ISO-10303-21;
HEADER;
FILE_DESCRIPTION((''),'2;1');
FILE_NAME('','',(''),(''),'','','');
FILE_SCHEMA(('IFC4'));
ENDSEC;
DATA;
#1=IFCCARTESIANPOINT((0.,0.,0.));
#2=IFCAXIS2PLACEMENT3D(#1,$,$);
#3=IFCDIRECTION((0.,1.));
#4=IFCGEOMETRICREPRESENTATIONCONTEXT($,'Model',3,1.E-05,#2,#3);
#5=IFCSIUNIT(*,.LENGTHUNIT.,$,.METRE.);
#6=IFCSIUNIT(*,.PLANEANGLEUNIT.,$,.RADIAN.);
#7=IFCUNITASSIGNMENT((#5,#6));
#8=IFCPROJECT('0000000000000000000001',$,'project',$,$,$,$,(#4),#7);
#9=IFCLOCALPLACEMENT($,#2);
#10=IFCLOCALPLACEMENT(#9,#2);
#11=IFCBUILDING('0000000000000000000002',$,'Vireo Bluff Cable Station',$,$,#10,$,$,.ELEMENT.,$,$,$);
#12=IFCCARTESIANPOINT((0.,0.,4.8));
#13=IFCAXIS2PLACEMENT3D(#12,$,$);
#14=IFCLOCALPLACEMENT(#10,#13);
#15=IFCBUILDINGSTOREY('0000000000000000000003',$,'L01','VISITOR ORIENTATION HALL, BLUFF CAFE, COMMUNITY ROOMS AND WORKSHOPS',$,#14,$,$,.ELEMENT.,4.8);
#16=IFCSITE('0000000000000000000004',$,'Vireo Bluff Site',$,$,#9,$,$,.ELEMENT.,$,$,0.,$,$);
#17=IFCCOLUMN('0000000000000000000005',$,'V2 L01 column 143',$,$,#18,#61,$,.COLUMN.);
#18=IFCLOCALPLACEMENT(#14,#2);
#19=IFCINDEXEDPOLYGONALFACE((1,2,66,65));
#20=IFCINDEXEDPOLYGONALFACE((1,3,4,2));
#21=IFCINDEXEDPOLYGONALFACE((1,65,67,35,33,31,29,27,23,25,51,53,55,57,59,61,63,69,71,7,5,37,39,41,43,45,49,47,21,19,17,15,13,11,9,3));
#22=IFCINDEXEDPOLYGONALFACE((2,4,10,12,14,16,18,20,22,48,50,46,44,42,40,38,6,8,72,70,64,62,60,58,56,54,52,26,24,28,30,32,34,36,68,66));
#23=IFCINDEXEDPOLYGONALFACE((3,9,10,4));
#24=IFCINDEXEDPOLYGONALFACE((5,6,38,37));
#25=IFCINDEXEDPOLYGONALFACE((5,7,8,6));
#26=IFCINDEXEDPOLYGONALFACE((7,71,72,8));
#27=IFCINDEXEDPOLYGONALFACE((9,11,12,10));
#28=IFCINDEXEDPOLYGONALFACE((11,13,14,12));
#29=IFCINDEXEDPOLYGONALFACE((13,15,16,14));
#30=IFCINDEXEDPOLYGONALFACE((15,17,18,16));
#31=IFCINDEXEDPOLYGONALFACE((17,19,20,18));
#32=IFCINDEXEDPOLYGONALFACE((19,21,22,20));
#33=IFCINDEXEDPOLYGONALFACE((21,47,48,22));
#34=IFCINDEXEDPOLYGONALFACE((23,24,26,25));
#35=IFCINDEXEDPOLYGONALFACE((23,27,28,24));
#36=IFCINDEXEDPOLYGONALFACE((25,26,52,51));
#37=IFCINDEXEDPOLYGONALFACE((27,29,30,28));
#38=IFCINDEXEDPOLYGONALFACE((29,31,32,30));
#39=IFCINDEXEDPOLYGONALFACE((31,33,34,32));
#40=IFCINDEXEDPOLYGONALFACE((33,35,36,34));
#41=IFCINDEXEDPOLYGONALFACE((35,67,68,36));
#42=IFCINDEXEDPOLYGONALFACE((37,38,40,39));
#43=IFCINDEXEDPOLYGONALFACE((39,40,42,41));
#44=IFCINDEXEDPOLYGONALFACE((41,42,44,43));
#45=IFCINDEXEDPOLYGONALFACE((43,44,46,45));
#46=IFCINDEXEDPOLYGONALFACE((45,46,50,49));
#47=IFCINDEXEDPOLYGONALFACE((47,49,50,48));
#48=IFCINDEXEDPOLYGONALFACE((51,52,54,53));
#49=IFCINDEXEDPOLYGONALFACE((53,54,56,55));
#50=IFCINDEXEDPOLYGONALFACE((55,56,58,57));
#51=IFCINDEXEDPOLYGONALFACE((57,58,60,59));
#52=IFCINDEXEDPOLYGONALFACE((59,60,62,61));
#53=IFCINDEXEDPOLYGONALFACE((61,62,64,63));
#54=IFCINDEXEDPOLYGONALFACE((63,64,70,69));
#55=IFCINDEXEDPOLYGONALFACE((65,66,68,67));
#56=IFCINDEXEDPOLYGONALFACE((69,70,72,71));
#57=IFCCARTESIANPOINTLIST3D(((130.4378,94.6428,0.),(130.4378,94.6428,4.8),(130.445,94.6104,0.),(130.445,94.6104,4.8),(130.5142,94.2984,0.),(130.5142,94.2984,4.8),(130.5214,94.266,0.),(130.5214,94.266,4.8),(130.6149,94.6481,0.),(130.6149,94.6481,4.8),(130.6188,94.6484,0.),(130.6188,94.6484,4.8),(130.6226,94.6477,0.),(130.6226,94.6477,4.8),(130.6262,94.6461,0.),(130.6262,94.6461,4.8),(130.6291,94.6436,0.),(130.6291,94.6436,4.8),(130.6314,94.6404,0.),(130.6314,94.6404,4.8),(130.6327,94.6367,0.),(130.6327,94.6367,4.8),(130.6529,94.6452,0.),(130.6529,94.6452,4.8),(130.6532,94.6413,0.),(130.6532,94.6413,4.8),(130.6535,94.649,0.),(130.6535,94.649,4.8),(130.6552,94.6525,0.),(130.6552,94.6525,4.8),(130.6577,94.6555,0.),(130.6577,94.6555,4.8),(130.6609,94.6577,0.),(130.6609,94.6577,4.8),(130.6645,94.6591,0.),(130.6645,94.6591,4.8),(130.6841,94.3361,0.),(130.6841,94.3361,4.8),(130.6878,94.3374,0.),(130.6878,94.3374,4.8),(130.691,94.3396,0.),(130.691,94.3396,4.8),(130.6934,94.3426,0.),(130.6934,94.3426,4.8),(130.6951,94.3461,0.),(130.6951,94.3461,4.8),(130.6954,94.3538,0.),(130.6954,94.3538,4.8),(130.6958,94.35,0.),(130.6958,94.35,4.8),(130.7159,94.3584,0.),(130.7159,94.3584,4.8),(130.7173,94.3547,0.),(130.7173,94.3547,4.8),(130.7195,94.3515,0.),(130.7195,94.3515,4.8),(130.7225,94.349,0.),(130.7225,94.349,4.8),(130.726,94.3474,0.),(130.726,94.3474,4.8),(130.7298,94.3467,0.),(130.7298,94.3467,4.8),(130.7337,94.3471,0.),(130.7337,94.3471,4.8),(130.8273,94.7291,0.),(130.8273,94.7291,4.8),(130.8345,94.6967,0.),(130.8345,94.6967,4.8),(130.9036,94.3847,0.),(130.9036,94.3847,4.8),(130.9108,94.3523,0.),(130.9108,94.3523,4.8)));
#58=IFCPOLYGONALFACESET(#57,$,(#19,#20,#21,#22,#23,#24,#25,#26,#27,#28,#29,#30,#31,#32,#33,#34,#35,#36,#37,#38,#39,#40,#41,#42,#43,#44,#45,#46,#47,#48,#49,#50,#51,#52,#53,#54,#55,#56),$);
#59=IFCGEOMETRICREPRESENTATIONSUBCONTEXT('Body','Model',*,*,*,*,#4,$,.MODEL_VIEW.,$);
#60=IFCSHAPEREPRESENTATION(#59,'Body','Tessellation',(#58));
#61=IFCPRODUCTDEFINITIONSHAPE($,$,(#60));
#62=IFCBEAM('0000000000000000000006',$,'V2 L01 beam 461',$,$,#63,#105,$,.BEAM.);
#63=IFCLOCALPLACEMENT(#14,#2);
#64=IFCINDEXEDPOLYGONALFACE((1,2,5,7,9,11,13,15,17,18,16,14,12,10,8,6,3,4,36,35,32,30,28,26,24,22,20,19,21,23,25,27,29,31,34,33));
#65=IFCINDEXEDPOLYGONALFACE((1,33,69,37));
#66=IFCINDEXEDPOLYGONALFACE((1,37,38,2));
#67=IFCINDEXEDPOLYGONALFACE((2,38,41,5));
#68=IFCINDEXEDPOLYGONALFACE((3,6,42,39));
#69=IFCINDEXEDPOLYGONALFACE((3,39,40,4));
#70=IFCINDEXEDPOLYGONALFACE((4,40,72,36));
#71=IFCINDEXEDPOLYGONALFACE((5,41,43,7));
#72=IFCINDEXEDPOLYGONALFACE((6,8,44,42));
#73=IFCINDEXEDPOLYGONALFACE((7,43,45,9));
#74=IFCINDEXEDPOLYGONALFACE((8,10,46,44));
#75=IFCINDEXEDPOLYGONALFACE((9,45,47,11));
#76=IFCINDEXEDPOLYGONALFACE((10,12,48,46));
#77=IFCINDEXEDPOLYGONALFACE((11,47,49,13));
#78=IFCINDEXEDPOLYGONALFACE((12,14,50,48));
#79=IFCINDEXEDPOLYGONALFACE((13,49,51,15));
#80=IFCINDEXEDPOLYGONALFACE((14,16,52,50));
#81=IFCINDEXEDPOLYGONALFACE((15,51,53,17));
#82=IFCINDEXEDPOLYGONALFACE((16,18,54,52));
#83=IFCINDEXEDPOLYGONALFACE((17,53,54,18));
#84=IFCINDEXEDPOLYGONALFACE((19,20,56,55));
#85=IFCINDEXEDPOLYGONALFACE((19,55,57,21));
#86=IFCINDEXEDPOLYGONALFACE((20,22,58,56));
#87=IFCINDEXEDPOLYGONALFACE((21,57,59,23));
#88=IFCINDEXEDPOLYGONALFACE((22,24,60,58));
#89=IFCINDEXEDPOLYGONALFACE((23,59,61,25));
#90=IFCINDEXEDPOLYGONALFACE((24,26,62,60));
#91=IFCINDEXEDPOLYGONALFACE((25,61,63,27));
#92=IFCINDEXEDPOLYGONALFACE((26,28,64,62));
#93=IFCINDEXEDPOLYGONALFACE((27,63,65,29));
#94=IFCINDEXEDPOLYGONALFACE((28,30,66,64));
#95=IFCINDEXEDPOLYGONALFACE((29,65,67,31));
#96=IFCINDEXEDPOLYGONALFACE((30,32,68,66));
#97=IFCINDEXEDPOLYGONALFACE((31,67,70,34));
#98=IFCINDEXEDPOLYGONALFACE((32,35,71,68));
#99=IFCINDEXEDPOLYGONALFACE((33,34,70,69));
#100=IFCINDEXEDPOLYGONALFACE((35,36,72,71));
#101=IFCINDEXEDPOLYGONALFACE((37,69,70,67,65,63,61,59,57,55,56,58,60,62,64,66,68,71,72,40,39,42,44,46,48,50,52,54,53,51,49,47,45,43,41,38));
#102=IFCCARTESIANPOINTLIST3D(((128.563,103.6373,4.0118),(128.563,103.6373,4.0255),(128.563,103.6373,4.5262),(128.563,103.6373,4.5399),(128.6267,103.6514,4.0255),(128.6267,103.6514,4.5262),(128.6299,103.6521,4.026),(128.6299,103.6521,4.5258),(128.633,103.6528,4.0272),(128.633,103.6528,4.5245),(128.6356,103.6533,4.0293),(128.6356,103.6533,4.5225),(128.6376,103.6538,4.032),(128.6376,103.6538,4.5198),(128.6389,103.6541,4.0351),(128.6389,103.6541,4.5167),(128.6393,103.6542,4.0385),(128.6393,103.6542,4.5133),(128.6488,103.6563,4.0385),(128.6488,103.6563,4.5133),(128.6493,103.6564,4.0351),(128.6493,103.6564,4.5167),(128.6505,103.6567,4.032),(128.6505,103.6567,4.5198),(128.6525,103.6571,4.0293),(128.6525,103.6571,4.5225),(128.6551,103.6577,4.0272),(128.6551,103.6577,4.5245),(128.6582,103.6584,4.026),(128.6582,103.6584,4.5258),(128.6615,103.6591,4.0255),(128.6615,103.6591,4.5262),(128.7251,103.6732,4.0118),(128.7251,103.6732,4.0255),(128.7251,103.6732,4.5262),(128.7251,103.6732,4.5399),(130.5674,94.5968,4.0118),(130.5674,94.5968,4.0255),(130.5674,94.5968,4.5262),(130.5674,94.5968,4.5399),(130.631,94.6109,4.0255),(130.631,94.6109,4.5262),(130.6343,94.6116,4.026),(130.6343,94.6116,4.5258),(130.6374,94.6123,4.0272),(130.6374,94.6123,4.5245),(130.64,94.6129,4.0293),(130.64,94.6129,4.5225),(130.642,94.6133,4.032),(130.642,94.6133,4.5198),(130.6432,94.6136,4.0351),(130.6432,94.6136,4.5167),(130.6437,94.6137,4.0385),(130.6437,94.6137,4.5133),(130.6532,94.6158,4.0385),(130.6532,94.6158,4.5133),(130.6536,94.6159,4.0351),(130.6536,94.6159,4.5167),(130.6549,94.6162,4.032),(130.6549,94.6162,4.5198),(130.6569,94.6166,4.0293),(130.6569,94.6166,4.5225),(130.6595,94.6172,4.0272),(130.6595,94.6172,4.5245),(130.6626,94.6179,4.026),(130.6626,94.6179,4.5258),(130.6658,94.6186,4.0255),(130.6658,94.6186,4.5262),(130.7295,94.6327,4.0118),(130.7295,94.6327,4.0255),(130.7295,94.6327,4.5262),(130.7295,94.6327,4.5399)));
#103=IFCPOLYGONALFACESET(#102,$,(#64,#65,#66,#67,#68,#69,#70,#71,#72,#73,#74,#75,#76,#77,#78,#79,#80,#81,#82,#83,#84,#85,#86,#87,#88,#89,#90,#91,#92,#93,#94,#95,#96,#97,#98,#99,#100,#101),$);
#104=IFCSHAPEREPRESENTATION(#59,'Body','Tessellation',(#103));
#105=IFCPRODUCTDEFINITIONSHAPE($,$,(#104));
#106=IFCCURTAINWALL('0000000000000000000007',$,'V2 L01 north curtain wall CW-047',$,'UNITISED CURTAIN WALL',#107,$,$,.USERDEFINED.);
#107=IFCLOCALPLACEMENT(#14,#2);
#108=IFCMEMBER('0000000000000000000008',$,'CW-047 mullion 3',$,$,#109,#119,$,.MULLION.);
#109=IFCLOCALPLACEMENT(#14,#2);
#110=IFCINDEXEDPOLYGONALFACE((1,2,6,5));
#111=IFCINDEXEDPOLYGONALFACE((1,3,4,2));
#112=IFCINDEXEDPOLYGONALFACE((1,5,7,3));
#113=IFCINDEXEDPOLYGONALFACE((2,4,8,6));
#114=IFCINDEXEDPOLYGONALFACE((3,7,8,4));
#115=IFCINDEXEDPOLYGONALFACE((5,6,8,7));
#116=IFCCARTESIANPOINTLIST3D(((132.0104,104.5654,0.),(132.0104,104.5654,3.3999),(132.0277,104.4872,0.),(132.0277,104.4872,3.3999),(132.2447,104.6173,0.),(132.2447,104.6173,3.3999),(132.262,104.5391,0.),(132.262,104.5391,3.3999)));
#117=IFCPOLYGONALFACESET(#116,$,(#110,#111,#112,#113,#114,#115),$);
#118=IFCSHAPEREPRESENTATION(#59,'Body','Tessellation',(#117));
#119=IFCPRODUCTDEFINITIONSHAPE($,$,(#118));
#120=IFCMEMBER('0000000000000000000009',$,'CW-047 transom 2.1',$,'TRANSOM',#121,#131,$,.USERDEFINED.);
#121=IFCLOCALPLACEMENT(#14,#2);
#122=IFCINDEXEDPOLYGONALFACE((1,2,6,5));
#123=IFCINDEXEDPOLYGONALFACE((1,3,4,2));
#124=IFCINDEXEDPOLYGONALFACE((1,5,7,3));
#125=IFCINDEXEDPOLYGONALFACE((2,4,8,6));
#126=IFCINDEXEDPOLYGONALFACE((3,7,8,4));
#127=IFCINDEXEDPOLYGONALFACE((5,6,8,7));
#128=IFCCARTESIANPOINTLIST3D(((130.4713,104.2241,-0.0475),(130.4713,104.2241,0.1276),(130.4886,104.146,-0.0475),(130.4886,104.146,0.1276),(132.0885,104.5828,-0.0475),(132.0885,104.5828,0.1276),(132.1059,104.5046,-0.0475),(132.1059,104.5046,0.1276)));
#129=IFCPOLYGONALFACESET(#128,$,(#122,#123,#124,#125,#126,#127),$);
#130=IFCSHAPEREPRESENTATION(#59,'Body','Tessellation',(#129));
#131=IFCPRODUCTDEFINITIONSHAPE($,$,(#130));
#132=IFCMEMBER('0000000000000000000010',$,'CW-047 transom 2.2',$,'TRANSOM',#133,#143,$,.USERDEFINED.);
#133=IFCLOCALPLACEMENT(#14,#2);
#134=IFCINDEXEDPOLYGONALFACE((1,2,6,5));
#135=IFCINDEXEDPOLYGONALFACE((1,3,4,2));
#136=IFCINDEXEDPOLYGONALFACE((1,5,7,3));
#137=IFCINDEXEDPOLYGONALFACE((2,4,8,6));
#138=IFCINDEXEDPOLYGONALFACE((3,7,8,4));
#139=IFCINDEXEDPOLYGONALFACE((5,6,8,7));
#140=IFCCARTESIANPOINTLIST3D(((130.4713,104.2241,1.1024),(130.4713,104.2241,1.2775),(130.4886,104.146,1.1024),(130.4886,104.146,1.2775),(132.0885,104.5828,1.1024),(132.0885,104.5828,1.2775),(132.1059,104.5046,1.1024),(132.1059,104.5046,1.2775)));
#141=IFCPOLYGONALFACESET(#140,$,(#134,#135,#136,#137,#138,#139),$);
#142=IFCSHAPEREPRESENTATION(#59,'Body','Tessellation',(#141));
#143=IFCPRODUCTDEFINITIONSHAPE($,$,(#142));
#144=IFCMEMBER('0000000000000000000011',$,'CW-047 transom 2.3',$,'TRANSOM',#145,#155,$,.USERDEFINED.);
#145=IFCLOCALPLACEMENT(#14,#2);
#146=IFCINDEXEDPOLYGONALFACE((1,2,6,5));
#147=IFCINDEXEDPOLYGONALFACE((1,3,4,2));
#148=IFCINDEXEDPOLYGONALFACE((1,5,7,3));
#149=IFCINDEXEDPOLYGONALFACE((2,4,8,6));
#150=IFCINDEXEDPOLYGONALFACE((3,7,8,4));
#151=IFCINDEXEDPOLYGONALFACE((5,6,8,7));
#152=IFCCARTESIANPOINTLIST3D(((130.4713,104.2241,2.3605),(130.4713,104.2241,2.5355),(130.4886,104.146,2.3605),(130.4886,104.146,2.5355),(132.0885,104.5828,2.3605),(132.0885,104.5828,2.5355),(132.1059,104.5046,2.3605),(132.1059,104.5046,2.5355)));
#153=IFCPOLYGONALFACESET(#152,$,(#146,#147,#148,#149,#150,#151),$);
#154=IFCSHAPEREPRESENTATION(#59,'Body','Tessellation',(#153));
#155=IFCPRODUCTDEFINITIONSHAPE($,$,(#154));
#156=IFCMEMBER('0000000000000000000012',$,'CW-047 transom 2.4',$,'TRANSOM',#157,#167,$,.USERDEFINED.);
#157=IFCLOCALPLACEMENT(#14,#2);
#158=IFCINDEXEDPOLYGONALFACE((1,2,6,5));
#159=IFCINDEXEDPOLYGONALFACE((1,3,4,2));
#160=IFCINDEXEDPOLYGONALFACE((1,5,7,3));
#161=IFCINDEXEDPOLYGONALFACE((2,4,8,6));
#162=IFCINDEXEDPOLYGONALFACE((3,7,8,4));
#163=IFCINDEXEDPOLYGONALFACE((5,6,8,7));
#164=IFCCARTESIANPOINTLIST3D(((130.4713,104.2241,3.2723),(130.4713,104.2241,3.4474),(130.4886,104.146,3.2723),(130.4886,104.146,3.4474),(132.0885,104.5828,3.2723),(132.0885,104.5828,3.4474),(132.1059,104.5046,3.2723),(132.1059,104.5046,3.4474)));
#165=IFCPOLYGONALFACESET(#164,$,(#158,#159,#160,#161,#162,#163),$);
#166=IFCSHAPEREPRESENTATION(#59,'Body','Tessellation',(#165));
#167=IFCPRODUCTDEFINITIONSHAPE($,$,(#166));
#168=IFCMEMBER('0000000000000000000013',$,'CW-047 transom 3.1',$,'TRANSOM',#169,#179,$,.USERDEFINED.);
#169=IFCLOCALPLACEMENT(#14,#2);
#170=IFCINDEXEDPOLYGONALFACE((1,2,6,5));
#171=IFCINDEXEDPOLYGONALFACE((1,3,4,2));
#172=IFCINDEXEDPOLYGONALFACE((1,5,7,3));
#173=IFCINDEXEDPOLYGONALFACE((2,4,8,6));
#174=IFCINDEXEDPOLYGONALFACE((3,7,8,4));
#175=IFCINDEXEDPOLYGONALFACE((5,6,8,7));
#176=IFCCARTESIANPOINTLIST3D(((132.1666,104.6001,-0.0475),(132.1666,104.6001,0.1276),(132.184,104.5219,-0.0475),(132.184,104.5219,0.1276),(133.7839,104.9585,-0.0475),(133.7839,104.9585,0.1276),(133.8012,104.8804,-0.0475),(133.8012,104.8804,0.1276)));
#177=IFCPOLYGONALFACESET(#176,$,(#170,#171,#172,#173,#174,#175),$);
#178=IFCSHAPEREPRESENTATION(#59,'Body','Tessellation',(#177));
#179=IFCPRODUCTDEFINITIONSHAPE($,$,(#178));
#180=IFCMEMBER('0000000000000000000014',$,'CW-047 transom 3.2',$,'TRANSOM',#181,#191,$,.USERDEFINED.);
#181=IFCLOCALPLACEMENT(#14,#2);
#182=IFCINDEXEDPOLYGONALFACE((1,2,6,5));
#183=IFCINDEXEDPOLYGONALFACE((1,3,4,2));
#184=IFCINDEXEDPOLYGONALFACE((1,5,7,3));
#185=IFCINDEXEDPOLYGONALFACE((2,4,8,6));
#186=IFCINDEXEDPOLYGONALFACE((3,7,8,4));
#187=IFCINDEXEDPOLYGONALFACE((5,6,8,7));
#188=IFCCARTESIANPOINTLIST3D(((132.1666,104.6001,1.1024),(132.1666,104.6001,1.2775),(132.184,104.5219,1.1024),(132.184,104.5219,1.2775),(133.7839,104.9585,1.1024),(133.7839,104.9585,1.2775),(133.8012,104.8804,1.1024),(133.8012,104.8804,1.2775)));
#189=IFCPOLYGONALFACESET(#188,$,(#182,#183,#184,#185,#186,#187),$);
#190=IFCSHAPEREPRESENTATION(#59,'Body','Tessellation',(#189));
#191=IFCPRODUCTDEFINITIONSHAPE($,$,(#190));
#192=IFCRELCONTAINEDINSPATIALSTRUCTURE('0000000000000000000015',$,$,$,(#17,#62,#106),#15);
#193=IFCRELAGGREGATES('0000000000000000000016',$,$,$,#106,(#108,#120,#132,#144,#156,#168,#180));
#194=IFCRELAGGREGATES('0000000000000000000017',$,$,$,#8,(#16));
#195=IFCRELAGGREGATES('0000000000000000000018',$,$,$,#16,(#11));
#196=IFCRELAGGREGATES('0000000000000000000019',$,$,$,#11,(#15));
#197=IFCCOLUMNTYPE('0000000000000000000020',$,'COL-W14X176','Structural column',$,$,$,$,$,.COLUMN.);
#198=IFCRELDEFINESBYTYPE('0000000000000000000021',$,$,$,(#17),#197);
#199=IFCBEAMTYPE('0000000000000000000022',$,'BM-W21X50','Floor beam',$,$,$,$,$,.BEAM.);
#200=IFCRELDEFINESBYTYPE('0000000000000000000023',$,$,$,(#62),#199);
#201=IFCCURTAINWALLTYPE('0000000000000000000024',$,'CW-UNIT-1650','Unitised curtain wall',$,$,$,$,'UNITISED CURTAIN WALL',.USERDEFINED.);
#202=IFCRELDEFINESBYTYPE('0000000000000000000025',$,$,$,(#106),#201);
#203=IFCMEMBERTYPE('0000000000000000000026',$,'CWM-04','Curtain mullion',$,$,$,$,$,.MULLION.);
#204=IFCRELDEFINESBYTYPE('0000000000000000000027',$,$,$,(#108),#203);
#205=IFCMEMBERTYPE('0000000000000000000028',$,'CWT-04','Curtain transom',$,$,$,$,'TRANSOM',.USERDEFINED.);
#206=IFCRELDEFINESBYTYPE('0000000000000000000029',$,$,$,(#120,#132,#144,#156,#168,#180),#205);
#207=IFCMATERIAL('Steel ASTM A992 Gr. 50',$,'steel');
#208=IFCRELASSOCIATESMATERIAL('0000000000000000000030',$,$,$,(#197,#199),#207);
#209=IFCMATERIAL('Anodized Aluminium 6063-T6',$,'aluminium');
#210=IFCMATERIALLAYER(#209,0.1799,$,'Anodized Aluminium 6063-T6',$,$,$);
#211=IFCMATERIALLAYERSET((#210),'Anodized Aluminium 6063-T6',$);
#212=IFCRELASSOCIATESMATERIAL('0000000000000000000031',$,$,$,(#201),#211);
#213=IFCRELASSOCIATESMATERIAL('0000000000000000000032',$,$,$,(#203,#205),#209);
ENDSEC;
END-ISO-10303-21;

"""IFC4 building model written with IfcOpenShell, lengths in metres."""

from ifc_helpers import new_model, si_unit, direction, frame, origin, origin_2d, place, context, subcontext, project, spatial, rectangle, i_section, extrude, material, layer, layer_set, material_profile, profile_set, type_object, element, aggregate, save


model = new_model("IFC4")

# Units and contexts
model_context = context("Model", 3, precision=1e-05, world=origin(), true_north=direction((0.0, 1.0)))
body_context = subcontext(model_context, "Body", "Model", "MODEL_VIEW")
ifc_project = project(units=[si_unit("LENGTHUNIT", "METRE"), si_unit("PLANEANGLEUNIT", "RADIAN")], contexts=[model_context])

# Site, building, storey
site_placement = place(None, origin())
site = spatial("IfcSite", under=ifc_project, at=site_placement, Name="Vireo Bluff Site", CompositionType="ELEMENT", RefElevation=0.0)
building_placement = place(site_placement, origin())
building = spatial("IfcBuilding", under=site, at=building_placement, Name="Vireo Bluff Cable Station", CompositionType="ELEMENT")
storey_placement = place(building_placement, frame((0.0, 0.0, 4.8)))
storey = spatial("IfcBuildingStorey", under=building, at=storey_placement, Name="L01", Description="VISITOR ORIENTATION HALL, BLUFF CAFE, COMMUNITY ROOMS AND WORKSHOPS", CompositionType="ELEMENT", Elevation=4.8)

# Column
ifc_material_1 = material(Name="Steel ASTM A992 Gr. 50", Category="steel")
ifc_material_profile_1 = material_profile(ifc_material_1, i_section(OverallWidth=0.3989, OverallDepth=0.386, WebThickness=0.021, FlangeThickness=0.0332, FilletRadius=0.0149, at=origin_2d()), Name="W14X176")
ifc_profile_set_1 = profile_set([ifc_material_profile_1], Name="Steel ASTM A992 Gr. 50")
column_type = type_object("IfcColumnType", Name="COL-W14X176", Description="Structural column", PredefinedType="COLUMN", material=ifc_profile_set_1)
column_placement = place(storey_placement, frame((130.6743, 94.4976, 0.0), z_axis=(0.0, 0.0, 1.0), x_axis=(0.976296, 0.21644, 0.0)))
element("IfcColumn", 1, at=column_placement, inside=storey, type_object=column_type, Name="V2 L01 column 143", PredefinedType="COLUMN", context=body_context, shape_type="SweptSolid", body=[
    extrude(i_section(OverallWidth=0.3989, OverallDepth=0.386, WebThickness=0.021, FlangeThickness=0.0332, FilletRadius=0.0149, at=origin_2d()), origin(), (0.0, 0.0, 1.0), 4.8),
])

# Beam
ifc_material_profile_2 = material_profile(ifc_material_1, i_section(OverallWidth=0.166, OverallDepth=0.5281, WebThickness=0.0098, FlangeThickness=0.0137, FilletRadius=0.0129, at=origin_2d()), Name="W21X50")
ifc_profile_set_2 = profile_set([ifc_material_profile_2], Name="Steel ASTM A992 Gr. 50")
beam_type_1 = type_object("IfcBeamType", Name="BM-W21X50", Description="Floor beam", PredefinedType="BEAM", material=ifc_profile_set_2)
beam_1_placement = place(storey_placement, frame((130.6484, 94.6147, 4.2759), z_axis=(-0.216456, 0.976292, 0.0), x_axis=(-0.976292, -0.216456, 0.0)))
element("IfcBeam", 2, at=beam_1_placement, inside=storey, type_object=beam_type_1, Name="V2 L01 beam 461", PredefinedType="BEAM", context=body_context, shape_type="SweptSolid", body=[
    extrude(i_section(OverallWidth=0.166, OverallDepth=0.5281, WebThickness=0.0098, FlangeThickness=0.0137, FilletRadius=0.0129, at=origin_2d()), origin(), (0.0, 0.0, 1.0), 9.26),
])

# Curtain wall, members
ifc_material_2 = material(Name="Anodized Aluminium 6063-T6", Category="aluminium")
ifc_layer_1 = layer(ifc_material_2, 0.1799, Name="Anodized Aluminium 6063-T6")
ifc_layer_set_1 = layer_set([ifc_layer_1], Name="Anodized Aluminium 6063-T6")
curtain_wall_type = type_object("IfcCurtainWallType", Name="CW-UNIT-1650", Description="Unitised curtain wall", ElementType="UNITISED CURTAIN WALL", PredefinedType="USERDEFINED", material=ifc_layer_set_1)
curtain_wall_placement = place(storey_placement, origin())
curtain_wall = element("IfcCurtainWall", 3, at=curtain_wall_placement, inside=storey, type_object=curtain_wall_type, Name="V2 L01 north curtain wall CW-047", ObjectType="UNITISED CURTAIN WALL", PredefinedType="USERDEFINED")
ifc_material_profile_3 = material_profile(ifc_material_2, rectangle(XDim=0.0801, YDim=0.24, at=origin_2d()), Name="ALU-M-80X240")
ifc_profile_set_3 = profile_set([ifc_material_profile_3], Name="Anodized Aluminium 6063-T6")
member_type_1 = type_object("IfcMemberType", Name="CWM-04", Description="Curtain mullion", PredefinedType="MULLION", material=ifc_profile_set_3)
member_1_placement = place(storey_placement, frame((132.1362, 104.5522, 0.0), z_axis=(0.0, 0.0, 1.0), x_axis=(-0.21644, 0.976296, 0.0)))
member_1 = element("IfcMember", 4, at=member_1_placement, type_object=member_type_1, Name="CW-047 mullion 3", PredefinedType="MULLION", context=body_context, shape_type="SweptSolid", body=[
    extrude(rectangle(XDim=0.0801, YDim=0.24, at=origin_2d()), origin(), (0.0, 0.0, 1.0), 3.3999),
])
ifc_material_profile_4 = material_profile(ifc_material_2, rectangle(XDim=0.0801, YDim=0.175, at=origin_2d()), Name="ALU-T-80X175")
ifc_profile_set_4 = profile_set([ifc_material_profile_4], Name="Anodized Aluminium 6063-T6")
member_type_2 = type_object("IfcMemberType", Name="CWT-04", Description="Curtain transom", ElementType="TRANSOM", PredefinedType="USERDEFINED", material=ifc_profile_set_4)
member_2_placement = place(storey_placement, frame((130.48, 104.1851, 0.04), z_axis=(0.976281, 0.216509, 0.0), x_axis=(-0.216509, 0.976281, 0.0)))
member_2 = element("IfcMember", 5, at=member_2_placement, type_object=member_type_2, Name="CW-047 transom 2.1", ObjectType="TRANSOM", PredefinedType="USERDEFINED", context=body_context, shape_type="SweptSolid", body=[
    extrude(rectangle(XDim=0.0801, YDim=0.175, at=origin_2d()), origin(), (0.0, 0.0, 1.0), 1.6565),
])
member_3_placement = place(storey_placement, frame((130.48, 104.1851, 1.1899), z_axis=(0.976281, 0.216509, 0.0), x_axis=(-0.216509, 0.976281, 0.0)))
member_3 = element("IfcMember", 6, at=member_3_placement, type_object=member_type_2, Name="CW-047 transom 2.2", ObjectType="TRANSOM", PredefinedType="USERDEFINED", context=body_context, shape_type="SweptSolid", body=[
    extrude(rectangle(XDim=0.0801, YDim=0.175, at=origin_2d()), origin(), (0.0, 0.0, 1.0), 1.6565),
])
member_4_placement = place(storey_placement, frame((130.48, 104.1851, 2.448), z_axis=(0.976281, 0.216509, 0.0), x_axis=(-0.216509, 0.976281, 0.0)))
member_4 = element("IfcMember", 7, at=member_4_placement, type_object=member_type_2, Name="CW-047 transom 2.3", ObjectType="TRANSOM", PredefinedType="USERDEFINED", context=body_context, shape_type="SweptSolid", body=[
    extrude(rectangle(XDim=0.0801, YDim=0.175, at=origin_2d()), origin(), (0.0, 0.0, 1.0), 1.6565),
])
member_5_placement = place(storey_placement, frame((130.48, 104.1851, 3.3599), z_axis=(0.976281, 0.216509, 0.0), x_axis=(-0.216509, 0.976281, 0.0)))
member_5 = element("IfcMember", 8, at=member_5_placement, type_object=member_type_2, Name="CW-047 transom 2.4", ObjectType="TRANSOM", PredefinedType="USERDEFINED", context=body_context, shape_type="SweptSolid", body=[
    extrude(rectangle(XDim=0.0801, YDim=0.175, at=origin_2d()), origin(), (0.0, 0.0, 1.0), 1.6565),
])
member_6_placement = place(storey_placement, frame((132.1753, 104.561, 0.04), z_axis=(0.976312, 0.216369, 0.0), x_axis=(-0.216369, 0.976312, 0.0)))
member_6 = element("IfcMember", 9, at=member_6_placement, type_object=member_type_2, Name="CW-047 transom 3.1", ObjectType="TRANSOM", PredefinedType="USERDEFINED", context=body_context, shape_type="SweptSolid", body=[
    extrude(rectangle(XDim=0.0801, YDim=0.175, at=origin_2d()), origin(), (0.0, 0.0, 1.0), 1.6565),
])
member_7_placement = place(storey_placement, frame((132.1753, 104.561, 1.1899), z_axis=(0.976312, 0.216369, 0.0), x_axis=(-0.216369, 0.976312, 0.0)))
member_7 = element("IfcMember", 10, at=member_7_placement, type_object=member_type_2, Name="CW-047 transom 3.2", ObjectType="TRANSOM", PredefinedType="USERDEFINED", context=body_context, shape_type="SweptSolid", body=[
    extrude(rectangle(XDim=0.0801, YDim=0.175, at=origin_2d()), origin(), (0.0, 0.0, 1.0), 1.6565),
])

aggregate(curtain_wall, [member_1, member_2, member_3, member_4, member_5, member_6, member_7])

save(model, "model.ifc")
